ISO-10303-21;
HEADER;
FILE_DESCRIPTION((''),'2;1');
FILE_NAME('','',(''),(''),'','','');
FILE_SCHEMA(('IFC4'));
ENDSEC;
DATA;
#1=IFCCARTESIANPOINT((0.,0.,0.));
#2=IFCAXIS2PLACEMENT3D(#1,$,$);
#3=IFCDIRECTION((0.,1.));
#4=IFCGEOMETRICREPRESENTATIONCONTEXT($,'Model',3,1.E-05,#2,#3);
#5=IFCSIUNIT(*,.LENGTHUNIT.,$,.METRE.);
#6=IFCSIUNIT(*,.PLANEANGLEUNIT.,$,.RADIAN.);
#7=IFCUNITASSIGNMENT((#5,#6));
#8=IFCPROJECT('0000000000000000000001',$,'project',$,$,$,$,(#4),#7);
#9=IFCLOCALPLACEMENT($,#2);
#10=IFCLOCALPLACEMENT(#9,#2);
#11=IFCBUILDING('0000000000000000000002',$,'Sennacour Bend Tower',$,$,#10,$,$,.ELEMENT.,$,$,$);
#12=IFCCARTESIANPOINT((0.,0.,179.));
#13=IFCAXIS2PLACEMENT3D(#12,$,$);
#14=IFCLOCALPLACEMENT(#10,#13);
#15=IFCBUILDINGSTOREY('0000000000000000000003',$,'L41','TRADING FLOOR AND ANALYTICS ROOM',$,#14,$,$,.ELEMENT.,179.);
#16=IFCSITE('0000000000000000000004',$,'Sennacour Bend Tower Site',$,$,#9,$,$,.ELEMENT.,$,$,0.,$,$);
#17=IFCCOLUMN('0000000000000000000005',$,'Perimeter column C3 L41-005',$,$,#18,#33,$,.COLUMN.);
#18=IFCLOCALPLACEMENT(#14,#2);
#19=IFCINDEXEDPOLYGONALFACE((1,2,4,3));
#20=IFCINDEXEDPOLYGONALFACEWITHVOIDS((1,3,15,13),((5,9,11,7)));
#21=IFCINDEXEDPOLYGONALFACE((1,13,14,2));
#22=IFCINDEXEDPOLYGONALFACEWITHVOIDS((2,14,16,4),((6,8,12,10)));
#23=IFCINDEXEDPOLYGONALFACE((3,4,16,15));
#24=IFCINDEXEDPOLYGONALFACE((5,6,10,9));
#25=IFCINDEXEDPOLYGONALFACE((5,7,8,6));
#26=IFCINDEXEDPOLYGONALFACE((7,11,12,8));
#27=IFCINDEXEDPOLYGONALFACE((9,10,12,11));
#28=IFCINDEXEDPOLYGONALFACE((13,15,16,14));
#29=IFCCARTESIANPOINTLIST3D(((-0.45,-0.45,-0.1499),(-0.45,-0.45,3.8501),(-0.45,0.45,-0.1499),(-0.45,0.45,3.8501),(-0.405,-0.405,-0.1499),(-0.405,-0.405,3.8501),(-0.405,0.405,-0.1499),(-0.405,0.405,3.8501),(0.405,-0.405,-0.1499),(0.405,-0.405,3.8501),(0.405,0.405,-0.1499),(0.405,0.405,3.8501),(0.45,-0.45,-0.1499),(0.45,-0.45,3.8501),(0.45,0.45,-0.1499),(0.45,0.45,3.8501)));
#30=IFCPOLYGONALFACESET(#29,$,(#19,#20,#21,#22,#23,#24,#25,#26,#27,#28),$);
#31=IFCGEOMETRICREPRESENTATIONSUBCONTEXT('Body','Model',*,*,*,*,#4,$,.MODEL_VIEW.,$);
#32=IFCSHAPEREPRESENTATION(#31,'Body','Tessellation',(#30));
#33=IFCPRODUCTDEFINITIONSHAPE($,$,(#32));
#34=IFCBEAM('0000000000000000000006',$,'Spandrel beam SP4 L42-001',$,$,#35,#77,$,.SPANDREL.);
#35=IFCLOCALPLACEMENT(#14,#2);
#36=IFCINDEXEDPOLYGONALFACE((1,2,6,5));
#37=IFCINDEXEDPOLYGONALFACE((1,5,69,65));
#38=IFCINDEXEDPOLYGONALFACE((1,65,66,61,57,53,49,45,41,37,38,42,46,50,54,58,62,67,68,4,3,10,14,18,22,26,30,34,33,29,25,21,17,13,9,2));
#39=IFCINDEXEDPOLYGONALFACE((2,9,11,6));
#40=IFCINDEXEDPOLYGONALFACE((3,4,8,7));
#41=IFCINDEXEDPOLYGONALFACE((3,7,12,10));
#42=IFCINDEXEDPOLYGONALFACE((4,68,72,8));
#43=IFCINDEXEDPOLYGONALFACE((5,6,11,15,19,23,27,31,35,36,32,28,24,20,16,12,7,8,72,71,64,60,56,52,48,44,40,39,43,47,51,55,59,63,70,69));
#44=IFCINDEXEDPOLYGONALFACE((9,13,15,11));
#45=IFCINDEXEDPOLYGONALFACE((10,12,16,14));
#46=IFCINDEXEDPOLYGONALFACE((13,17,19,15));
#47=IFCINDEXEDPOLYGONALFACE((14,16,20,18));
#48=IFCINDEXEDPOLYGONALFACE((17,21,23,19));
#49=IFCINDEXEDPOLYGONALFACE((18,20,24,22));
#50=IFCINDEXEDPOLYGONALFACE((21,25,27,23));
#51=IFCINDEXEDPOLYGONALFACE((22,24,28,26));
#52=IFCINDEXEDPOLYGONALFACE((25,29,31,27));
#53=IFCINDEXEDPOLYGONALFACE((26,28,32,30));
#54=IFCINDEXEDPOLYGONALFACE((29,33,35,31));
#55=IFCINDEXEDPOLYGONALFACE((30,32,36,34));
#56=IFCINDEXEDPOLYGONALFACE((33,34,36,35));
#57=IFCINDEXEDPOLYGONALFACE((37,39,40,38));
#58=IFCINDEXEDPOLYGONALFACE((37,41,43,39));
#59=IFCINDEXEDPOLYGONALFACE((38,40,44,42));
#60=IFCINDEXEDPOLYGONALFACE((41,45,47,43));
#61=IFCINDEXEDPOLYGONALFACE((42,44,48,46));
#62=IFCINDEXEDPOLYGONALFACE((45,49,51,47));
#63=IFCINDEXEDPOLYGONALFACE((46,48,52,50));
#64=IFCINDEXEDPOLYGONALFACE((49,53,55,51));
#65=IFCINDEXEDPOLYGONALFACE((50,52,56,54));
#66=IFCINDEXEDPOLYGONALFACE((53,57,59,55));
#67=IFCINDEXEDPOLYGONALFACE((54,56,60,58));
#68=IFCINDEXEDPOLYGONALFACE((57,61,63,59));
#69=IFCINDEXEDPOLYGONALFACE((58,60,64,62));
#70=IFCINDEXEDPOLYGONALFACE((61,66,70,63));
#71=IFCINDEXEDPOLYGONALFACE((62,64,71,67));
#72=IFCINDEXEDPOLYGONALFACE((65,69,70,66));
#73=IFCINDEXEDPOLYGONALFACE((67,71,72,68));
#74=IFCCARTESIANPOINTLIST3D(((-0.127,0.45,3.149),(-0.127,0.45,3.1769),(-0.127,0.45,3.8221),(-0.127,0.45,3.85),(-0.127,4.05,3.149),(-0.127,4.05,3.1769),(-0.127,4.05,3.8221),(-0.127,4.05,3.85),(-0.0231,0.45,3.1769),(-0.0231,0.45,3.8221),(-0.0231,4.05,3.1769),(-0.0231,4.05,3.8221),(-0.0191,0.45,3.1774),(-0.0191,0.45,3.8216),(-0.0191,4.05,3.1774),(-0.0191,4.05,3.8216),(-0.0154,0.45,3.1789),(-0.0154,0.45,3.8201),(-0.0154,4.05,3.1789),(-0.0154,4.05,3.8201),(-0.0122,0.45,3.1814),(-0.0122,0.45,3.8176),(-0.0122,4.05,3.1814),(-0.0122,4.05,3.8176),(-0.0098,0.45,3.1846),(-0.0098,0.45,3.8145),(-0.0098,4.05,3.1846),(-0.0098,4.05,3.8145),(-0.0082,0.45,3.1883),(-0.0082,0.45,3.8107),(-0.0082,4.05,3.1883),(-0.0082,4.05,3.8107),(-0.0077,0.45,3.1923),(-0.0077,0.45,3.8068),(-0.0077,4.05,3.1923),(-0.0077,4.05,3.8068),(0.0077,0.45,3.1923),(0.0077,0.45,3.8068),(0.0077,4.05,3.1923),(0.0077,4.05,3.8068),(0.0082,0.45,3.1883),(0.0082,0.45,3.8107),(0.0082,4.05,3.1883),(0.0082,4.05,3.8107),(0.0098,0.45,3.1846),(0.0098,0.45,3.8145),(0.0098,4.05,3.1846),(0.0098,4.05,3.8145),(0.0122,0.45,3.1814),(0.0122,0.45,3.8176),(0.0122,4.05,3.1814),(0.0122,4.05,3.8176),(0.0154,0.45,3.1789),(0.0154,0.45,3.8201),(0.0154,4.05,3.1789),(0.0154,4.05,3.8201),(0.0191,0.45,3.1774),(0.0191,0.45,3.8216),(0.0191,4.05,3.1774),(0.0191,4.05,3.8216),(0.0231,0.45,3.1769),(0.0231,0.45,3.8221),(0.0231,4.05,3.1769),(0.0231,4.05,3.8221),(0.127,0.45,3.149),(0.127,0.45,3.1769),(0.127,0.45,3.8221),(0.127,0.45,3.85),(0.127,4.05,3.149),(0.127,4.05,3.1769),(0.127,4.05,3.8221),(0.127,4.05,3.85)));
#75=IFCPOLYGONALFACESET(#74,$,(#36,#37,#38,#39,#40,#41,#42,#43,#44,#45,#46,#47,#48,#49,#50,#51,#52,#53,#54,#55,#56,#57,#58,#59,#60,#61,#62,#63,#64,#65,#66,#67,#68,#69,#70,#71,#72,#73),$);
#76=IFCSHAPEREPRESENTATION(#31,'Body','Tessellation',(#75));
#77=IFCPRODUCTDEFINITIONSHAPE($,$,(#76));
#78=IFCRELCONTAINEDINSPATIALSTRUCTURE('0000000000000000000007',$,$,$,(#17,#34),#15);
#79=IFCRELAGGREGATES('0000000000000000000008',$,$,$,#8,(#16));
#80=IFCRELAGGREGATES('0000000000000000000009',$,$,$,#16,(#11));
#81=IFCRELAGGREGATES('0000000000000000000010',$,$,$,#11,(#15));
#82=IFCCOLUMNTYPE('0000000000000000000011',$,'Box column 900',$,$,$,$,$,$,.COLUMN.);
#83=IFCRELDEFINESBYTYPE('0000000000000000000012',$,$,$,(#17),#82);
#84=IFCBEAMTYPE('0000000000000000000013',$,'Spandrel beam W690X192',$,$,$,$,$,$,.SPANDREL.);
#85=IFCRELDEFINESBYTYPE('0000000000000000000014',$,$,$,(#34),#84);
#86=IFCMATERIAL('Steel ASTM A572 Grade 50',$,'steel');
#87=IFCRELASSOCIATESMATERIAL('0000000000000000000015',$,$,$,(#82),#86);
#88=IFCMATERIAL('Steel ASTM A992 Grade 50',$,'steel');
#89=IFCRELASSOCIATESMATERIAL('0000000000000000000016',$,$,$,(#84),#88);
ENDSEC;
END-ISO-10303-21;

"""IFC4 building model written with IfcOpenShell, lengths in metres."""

from ifc_helpers import new_model, si_unit, direction, frame, origin, origin_2d, place, context, subcontext, project, spatial, hollow_rectangle, i_section, extrude, material, material_profile, profile_set, type_object, element, save


model = new_model("IFC4")

# Units and contexts
model_context = context("Model", 3, precision=1e-05, world=origin(), true_north=direction((0.0, 1.0)))
body_context = subcontext(model_context, "Body", "Model", "MODEL_VIEW")
ifc_project = project(units=[si_unit("LENGTHUNIT", "METRE"), si_unit("PLANEANGLEUNIT", "RADIAN")], contexts=[model_context])

# Site, building, storey
site_placement = place(None, origin())
site = spatial("IfcSite", under=ifc_project, at=site_placement, Name="Sennacour Bend Tower Site", CompositionType="ELEMENT", RefElevation=0.0)
building_placement = place(site_placement, origin())
building = spatial("IfcBuilding", under=site, at=building_placement, Name="Sennacour Bend Tower", CompositionType="ELEMENT")
storey_placement = place(building_placement, frame((0.0, 0.0, 179.0)))
storey = spatial("IfcBuildingStorey", under=building, at=storey_placement, Name="L41", Description="TRADING FLOOR AND ANALYTICS ROOM", CompositionType="ELEMENT", Elevation=179.0)

# Column
ifc_material_1 = material(Name="Steel ASTM A572 Grade 50", Category="steel")
ifc_material_profile_1 = material_profile(ifc_material_1, hollow_rectangle(XDim=0.8999, YDim=0.8999, WallThickness=0.0449, at=origin_2d()), Name="Steel ASTM A572 Grade 50", Category="steel")
ifc_profile_set_1 = profile_set([ifc_material_profile_1], Name="Steel ASTM A572 Grade 50")
column_type = type_object("IfcColumnType", Name="Box column 900", PredefinedType="COLUMN", material=ifc_profile_set_1)
column_placement = place(storey_placement, frame((0.0, 0.0, -0.1499), z_axis=(0.0, 0.0, 1.0), x_axis=(1.0, 0.0, 0.0)))
element("IfcColumn", 1, at=column_placement, inside=storey, type_object=column_type, Name="Perimeter column C3 L41-005", PredefinedType="COLUMN", context=body_context, shape_type="SweptSolid", body=[
    extrude(hollow_rectangle(XDim=0.8999, YDim=0.8999, WallThickness=0.0449, at=origin_2d()), origin(), (0.0, 0.0, 1.0), 4.0),
])

# Beam
ifc_material_2 = material(Name="Steel ASTM A992 Grade 50", Category="steel")
ifc_material_profile_2 = material_profile(ifc_material_2, i_section(OverallWidth=0.2539, OverallDepth=0.7009, WebThickness=0.0154, FlangeThickness=0.0278, FilletRadius=0.0154, at=origin_2d()), Name="Steel ASTM A992 Grade 50", Category="steel")
ifc_profile_set_2 = profile_set([ifc_material_profile_2], Name="Steel ASTM A992 Grade 50")
beam_type = type_object("IfcBeamType", Name="Spandrel beam W690X192", PredefinedType="SPANDREL", material=ifc_profile_set_2)
beam_placement = place(storey_placement, frame((0.0, 0.45, 3.4995), z_axis=(0.0, 1.0, 0.0), x_axis=(-1.0, 0.0, 0.0)))
element("IfcBeam", 2, at=beam_placement, inside=storey, type_object=beam_type, Name="Spandrel beam SP4 L42-001", PredefinedType="SPANDREL", context=body_context, shape_type="SweptSolid", body=[
    extrude(i_section(OverallWidth=0.2539, OverallDepth=0.7009, WebThickness=0.0154, FlangeThickness=0.0278, FilletRadius=0.0154, at=origin_2d()), origin(), (0.0, 0.0, 1.0), 3.6001),
])

save(model, "model.ifc")
